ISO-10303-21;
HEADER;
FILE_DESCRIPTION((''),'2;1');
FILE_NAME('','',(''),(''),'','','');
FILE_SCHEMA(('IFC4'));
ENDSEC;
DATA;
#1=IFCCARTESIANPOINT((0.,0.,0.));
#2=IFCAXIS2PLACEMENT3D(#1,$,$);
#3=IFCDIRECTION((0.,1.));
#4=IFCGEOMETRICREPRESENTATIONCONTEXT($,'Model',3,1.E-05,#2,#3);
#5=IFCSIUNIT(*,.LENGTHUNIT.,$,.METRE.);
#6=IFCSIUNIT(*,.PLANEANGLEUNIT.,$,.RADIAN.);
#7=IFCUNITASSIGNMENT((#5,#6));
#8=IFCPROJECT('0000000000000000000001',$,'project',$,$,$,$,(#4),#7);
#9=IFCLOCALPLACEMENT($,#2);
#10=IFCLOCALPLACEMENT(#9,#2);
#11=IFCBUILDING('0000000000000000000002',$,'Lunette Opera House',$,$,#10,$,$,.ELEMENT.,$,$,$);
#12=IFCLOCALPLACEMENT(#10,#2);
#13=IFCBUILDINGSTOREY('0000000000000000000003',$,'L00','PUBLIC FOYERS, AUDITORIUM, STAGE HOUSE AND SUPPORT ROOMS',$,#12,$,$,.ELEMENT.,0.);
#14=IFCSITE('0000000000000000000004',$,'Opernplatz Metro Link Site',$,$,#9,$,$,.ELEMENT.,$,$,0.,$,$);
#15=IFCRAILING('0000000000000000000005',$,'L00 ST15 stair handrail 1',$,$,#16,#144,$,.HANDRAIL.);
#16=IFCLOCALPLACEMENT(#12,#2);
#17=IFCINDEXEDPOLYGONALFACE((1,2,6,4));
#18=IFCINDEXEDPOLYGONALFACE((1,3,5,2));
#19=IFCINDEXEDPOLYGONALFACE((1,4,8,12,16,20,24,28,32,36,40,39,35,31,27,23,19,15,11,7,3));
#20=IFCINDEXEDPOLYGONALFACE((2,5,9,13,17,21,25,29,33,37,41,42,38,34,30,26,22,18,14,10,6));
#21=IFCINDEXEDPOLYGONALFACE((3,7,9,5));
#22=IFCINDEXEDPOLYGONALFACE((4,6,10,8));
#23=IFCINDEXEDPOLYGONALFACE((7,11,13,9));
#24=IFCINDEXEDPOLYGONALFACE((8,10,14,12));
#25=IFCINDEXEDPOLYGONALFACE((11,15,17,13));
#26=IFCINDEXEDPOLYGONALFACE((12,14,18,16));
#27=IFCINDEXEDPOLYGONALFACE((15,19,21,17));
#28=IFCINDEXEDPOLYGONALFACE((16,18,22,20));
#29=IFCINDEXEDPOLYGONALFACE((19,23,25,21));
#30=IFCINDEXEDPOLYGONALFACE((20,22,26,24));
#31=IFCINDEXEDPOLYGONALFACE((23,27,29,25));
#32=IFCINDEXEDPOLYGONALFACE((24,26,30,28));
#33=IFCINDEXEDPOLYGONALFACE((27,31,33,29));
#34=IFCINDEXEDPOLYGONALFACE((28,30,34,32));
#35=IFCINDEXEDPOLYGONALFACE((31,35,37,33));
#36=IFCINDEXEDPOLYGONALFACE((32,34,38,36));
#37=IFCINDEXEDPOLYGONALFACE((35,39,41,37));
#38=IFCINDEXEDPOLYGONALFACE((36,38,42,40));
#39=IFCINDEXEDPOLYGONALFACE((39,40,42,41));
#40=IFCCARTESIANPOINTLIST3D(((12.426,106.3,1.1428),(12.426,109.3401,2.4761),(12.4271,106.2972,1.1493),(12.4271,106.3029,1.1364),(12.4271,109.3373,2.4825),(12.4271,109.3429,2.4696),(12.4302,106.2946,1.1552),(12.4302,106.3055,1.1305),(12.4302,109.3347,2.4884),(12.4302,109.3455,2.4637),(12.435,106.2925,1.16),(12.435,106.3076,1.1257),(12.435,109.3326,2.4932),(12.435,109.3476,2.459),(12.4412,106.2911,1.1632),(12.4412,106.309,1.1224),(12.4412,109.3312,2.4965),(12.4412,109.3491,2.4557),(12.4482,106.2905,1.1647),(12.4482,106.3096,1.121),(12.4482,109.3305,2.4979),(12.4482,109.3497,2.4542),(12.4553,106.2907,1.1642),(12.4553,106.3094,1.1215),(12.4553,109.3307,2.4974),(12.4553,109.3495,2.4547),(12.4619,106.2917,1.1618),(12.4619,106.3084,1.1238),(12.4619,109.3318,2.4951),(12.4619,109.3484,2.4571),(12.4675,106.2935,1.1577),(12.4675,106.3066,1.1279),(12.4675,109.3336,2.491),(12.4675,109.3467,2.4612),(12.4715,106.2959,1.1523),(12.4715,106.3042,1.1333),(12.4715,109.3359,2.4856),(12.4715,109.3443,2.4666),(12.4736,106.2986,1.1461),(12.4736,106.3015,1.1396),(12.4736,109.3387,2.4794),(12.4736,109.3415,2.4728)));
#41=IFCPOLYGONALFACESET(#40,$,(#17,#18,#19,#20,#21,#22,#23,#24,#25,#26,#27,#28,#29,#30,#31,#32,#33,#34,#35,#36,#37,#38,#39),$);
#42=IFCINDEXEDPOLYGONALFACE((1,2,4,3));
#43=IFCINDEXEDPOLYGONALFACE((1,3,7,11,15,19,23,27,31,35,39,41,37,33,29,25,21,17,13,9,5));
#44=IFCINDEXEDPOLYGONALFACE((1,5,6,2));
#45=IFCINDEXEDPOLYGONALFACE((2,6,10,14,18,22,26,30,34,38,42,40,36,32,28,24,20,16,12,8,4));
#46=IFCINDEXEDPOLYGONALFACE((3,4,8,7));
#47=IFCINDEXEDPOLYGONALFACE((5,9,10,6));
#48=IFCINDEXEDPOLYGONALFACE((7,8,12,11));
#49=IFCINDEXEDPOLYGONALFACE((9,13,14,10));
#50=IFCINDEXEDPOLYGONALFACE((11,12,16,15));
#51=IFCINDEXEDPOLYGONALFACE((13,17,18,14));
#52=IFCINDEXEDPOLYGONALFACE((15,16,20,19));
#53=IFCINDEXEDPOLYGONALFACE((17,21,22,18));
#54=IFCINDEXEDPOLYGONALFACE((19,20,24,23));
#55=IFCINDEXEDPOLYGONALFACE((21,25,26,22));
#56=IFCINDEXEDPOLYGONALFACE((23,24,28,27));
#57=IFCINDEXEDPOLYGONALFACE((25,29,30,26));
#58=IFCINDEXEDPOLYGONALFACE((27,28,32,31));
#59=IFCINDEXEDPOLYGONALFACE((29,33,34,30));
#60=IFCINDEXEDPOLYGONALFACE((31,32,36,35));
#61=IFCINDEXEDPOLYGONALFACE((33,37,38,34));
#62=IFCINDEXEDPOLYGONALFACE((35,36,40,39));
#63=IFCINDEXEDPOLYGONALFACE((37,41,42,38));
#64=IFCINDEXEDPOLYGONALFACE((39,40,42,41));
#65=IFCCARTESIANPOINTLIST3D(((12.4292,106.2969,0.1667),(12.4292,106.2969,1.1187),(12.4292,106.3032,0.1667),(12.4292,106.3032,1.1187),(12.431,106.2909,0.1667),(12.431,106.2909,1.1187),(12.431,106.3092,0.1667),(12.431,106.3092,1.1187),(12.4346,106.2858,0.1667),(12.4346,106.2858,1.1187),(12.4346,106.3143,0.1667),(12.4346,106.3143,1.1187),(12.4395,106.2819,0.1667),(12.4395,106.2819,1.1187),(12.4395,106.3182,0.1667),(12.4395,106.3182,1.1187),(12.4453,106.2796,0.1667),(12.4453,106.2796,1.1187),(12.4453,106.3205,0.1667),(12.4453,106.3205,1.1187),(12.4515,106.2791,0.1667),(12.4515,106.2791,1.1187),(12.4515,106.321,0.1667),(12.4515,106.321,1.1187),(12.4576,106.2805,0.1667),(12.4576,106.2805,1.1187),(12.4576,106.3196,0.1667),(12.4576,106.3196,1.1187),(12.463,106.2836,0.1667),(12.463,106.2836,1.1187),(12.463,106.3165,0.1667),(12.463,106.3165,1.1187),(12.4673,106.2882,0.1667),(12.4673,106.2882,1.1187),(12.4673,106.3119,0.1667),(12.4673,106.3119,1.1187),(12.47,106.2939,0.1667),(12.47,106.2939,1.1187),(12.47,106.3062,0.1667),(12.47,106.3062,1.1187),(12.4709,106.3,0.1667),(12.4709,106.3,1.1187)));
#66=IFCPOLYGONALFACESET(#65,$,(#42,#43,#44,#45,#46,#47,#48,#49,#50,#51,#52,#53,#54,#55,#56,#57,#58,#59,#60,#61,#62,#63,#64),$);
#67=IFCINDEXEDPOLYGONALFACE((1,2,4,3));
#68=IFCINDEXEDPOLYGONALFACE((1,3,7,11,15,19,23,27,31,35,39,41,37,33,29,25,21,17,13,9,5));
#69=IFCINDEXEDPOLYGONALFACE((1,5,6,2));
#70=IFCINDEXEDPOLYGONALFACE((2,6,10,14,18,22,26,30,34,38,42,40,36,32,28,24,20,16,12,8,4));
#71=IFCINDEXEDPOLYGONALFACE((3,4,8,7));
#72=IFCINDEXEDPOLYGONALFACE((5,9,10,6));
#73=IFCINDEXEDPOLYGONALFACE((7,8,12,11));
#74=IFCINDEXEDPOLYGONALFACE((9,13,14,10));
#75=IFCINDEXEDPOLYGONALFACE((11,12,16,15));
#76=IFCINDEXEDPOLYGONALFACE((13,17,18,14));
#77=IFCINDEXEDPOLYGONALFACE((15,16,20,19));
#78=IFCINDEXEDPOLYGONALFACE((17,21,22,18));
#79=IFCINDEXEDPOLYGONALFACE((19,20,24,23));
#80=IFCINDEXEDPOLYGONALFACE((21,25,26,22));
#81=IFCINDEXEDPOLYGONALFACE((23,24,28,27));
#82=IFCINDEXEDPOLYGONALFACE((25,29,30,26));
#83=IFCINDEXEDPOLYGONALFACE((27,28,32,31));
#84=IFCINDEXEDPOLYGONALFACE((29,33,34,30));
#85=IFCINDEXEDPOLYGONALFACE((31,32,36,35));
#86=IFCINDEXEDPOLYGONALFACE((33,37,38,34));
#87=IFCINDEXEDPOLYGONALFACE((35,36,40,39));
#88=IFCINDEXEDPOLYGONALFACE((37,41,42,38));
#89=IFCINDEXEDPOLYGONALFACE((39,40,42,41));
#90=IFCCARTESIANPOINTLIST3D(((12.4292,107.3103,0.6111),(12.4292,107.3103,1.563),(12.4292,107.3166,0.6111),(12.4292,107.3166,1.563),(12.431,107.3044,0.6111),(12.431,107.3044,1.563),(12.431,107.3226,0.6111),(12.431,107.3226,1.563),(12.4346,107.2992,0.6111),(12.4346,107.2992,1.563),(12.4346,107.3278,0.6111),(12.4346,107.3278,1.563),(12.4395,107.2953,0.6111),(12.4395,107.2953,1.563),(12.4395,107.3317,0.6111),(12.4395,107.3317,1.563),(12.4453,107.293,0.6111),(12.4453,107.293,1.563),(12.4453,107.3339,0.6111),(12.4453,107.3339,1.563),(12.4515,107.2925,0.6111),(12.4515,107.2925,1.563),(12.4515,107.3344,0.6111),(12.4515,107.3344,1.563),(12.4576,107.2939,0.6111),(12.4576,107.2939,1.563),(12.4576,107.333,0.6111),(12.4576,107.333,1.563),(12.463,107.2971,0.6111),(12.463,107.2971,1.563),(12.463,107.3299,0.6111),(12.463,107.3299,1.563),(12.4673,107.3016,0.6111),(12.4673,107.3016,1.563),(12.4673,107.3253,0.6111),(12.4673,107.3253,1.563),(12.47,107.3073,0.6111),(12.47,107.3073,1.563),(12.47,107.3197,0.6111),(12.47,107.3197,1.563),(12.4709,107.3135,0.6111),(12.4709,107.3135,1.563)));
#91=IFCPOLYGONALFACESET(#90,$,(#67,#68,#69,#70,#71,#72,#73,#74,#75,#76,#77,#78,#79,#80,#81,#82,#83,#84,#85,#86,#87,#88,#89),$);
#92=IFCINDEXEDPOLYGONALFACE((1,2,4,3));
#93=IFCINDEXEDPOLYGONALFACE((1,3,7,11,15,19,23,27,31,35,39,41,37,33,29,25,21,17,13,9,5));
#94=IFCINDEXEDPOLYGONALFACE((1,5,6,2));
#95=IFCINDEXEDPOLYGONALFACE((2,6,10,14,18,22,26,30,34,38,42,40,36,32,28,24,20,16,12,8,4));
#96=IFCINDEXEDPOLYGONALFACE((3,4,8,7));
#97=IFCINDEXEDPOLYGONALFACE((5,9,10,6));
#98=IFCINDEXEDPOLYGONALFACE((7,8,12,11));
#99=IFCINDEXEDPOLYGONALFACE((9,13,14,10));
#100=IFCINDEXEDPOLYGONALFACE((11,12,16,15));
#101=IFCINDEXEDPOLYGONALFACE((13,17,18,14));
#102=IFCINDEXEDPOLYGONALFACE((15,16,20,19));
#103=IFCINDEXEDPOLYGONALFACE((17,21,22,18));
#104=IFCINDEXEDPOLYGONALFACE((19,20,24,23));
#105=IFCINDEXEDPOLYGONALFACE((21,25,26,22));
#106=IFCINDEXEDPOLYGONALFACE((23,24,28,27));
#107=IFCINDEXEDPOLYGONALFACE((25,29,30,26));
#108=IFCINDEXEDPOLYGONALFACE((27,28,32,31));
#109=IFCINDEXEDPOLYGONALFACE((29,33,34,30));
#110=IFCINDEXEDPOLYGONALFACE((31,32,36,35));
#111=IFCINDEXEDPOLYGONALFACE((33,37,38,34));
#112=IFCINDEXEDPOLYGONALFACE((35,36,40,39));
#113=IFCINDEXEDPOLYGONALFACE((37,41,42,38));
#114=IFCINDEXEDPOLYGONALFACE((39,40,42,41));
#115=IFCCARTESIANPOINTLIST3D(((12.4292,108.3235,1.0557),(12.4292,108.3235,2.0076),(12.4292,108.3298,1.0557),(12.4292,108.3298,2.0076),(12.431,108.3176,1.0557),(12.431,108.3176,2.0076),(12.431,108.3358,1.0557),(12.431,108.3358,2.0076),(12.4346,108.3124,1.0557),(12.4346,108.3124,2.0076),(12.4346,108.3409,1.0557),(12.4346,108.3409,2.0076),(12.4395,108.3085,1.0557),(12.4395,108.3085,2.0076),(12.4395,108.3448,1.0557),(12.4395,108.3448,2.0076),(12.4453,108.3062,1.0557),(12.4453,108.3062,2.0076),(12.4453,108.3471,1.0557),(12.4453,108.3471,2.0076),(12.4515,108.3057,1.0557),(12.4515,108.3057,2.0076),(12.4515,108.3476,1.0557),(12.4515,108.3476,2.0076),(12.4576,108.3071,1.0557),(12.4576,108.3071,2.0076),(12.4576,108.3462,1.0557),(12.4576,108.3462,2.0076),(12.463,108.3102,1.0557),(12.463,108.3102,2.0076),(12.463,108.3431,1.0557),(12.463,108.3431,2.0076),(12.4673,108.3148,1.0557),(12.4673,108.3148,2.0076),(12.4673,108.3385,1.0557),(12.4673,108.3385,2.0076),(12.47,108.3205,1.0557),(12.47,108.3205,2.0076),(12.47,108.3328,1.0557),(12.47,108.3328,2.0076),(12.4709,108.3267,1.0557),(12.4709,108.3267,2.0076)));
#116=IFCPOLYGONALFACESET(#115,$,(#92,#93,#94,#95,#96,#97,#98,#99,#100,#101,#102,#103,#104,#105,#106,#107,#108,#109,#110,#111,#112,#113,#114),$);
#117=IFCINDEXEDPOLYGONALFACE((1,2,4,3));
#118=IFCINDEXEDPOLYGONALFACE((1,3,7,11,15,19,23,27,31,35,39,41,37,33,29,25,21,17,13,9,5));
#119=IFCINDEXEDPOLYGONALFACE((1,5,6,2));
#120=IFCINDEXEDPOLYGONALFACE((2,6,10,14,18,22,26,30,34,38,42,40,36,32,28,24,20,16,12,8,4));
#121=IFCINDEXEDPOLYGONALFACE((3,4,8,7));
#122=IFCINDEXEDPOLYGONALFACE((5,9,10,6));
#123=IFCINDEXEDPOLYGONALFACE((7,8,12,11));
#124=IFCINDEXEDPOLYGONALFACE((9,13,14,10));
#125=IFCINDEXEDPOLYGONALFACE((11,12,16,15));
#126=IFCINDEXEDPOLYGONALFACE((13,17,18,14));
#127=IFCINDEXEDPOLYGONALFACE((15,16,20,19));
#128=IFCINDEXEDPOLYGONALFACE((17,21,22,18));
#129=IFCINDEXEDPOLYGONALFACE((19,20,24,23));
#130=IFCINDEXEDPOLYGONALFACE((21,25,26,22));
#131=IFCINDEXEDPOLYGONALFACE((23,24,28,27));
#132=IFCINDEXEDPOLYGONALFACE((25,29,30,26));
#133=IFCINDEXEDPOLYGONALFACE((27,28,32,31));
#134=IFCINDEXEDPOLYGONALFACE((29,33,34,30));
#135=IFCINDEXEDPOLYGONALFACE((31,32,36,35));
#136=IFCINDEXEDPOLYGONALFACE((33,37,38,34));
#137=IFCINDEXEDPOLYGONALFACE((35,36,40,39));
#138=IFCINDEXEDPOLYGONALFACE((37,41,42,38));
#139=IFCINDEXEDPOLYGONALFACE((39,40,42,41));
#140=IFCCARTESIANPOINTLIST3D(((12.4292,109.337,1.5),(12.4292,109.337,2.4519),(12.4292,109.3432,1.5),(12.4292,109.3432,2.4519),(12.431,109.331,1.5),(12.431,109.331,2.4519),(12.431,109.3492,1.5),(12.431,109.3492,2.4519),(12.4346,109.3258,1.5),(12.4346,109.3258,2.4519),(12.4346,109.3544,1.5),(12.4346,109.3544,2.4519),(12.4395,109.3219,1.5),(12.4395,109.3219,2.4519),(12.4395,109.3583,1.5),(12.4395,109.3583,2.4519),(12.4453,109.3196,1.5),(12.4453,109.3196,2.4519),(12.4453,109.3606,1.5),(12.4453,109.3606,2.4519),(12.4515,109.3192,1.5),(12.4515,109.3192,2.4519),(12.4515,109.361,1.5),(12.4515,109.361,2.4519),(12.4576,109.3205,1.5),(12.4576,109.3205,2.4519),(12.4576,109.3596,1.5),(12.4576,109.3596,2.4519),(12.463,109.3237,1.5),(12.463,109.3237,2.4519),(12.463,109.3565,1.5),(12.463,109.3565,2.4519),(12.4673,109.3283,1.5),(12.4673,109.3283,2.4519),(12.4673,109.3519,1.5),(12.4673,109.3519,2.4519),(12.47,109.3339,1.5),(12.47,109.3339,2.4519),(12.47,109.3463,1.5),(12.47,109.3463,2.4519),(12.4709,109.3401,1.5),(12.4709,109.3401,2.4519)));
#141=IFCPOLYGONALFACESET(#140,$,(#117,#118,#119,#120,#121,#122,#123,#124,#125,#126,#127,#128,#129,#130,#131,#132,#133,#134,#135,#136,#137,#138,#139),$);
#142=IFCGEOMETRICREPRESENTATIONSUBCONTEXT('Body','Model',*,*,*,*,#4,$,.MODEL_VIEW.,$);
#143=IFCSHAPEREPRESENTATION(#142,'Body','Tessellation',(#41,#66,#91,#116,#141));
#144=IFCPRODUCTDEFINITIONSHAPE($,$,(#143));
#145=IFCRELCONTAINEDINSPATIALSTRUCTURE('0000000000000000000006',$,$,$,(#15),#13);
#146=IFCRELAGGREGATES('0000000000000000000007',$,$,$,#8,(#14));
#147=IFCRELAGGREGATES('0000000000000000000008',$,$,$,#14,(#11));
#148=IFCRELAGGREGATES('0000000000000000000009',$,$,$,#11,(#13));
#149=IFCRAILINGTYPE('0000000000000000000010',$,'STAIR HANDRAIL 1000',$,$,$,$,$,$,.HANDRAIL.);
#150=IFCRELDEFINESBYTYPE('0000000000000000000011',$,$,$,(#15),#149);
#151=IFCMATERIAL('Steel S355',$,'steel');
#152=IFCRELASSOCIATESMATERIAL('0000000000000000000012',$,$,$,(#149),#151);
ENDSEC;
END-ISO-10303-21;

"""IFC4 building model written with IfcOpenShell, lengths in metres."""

from ifc_helpers import new_model, si_unit, direction, frame, origin, origin_2d, place, context, subcontext, project, spatial, circle, extrude, material, type_object, element, save


model = new_model("IFC4")

# Units and contexts
model_context = context("Model", 3, precision=1e-05, world=origin(), true_north=direction((0.0, 1.0)))
body_context = subcontext(model_context, "Body", "Model", "MODEL_VIEW")
ifc_project = project(units=[si_unit("LENGTHUNIT", "METRE"), si_unit("PLANEANGLEUNIT", "RADIAN")], contexts=[model_context])

# Site, building, storey
site_placement = place(None, origin())
site = spatial("IfcSite", under=ifc_project, at=site_placement, Name="Opernplatz Metro Link Site", CompositionType="ELEMENT", RefElevation=0.0)
building_placement = place(site_placement, origin())
building = spatial("IfcBuilding", under=site, at=building_placement, Name="Lunette Opera House", CompositionType="ELEMENT")
storey_placement = place(building_placement, origin())
storey = spatial("IfcBuildingStorey", under=building, at=storey_placement, Name="L00", Description="PUBLIC FOYERS, AUDITORIUM, STAGE HOUSE AND SUPPORT ROOMS", CompositionType="ELEMENT", Elevation=0.0)

# Railing
ifc_material_1 = material(Name="Steel S355", Category="steel")
railing_type = type_object("IfcRailingType", Name="STAIR HANDRAIL 1000", PredefinedType="HANDRAIL", material=ifc_material_1)
for number, where, name in (
    (1, (12.45, 106.3, 0.1667), "L00 ST15 stair handrail 1"),
):
    element("IfcRailing", number, at=place(storey_placement, frame(where)), inside=storey, type_object=railing_type, Name=name, PredefinedType="HANDRAIL", context=body_context, shape_type="SweptSolid", body=[
        extrude(circle(Radius=0.0239, at=origin_2d()), frame((0.0, 0.0, 0.9761), z_axis=(0.0, 0.915799, 0.401637), x_axis=(-1.0, 0.0, 0.0)), (0.0, 0.0, 1.0), 3.3196),
        extrude(circle(Radius=0.021, at=origin_2d()), origin(), (0.0, 0.0, 1.0), 0.9519),
        extrude(circle(Radius=0.021, at=origin_2d()), frame((0.0, 1.0134, 0.4443)), (0.0, 0.0, 1.0), 0.9519),
        extrude(circle(Radius=0.021, at=origin_2d()), frame((0.0, 2.0266, 0.8889)), (0.0, 0.0, 1.0), 0.9519),
        extrude(circle(Radius=0.021, at=origin_2d()), frame((0.0, 3.04, 1.3333)), (0.0, 0.0, 1.0), 0.9519),
    ])

save(model, "model.ifc")
